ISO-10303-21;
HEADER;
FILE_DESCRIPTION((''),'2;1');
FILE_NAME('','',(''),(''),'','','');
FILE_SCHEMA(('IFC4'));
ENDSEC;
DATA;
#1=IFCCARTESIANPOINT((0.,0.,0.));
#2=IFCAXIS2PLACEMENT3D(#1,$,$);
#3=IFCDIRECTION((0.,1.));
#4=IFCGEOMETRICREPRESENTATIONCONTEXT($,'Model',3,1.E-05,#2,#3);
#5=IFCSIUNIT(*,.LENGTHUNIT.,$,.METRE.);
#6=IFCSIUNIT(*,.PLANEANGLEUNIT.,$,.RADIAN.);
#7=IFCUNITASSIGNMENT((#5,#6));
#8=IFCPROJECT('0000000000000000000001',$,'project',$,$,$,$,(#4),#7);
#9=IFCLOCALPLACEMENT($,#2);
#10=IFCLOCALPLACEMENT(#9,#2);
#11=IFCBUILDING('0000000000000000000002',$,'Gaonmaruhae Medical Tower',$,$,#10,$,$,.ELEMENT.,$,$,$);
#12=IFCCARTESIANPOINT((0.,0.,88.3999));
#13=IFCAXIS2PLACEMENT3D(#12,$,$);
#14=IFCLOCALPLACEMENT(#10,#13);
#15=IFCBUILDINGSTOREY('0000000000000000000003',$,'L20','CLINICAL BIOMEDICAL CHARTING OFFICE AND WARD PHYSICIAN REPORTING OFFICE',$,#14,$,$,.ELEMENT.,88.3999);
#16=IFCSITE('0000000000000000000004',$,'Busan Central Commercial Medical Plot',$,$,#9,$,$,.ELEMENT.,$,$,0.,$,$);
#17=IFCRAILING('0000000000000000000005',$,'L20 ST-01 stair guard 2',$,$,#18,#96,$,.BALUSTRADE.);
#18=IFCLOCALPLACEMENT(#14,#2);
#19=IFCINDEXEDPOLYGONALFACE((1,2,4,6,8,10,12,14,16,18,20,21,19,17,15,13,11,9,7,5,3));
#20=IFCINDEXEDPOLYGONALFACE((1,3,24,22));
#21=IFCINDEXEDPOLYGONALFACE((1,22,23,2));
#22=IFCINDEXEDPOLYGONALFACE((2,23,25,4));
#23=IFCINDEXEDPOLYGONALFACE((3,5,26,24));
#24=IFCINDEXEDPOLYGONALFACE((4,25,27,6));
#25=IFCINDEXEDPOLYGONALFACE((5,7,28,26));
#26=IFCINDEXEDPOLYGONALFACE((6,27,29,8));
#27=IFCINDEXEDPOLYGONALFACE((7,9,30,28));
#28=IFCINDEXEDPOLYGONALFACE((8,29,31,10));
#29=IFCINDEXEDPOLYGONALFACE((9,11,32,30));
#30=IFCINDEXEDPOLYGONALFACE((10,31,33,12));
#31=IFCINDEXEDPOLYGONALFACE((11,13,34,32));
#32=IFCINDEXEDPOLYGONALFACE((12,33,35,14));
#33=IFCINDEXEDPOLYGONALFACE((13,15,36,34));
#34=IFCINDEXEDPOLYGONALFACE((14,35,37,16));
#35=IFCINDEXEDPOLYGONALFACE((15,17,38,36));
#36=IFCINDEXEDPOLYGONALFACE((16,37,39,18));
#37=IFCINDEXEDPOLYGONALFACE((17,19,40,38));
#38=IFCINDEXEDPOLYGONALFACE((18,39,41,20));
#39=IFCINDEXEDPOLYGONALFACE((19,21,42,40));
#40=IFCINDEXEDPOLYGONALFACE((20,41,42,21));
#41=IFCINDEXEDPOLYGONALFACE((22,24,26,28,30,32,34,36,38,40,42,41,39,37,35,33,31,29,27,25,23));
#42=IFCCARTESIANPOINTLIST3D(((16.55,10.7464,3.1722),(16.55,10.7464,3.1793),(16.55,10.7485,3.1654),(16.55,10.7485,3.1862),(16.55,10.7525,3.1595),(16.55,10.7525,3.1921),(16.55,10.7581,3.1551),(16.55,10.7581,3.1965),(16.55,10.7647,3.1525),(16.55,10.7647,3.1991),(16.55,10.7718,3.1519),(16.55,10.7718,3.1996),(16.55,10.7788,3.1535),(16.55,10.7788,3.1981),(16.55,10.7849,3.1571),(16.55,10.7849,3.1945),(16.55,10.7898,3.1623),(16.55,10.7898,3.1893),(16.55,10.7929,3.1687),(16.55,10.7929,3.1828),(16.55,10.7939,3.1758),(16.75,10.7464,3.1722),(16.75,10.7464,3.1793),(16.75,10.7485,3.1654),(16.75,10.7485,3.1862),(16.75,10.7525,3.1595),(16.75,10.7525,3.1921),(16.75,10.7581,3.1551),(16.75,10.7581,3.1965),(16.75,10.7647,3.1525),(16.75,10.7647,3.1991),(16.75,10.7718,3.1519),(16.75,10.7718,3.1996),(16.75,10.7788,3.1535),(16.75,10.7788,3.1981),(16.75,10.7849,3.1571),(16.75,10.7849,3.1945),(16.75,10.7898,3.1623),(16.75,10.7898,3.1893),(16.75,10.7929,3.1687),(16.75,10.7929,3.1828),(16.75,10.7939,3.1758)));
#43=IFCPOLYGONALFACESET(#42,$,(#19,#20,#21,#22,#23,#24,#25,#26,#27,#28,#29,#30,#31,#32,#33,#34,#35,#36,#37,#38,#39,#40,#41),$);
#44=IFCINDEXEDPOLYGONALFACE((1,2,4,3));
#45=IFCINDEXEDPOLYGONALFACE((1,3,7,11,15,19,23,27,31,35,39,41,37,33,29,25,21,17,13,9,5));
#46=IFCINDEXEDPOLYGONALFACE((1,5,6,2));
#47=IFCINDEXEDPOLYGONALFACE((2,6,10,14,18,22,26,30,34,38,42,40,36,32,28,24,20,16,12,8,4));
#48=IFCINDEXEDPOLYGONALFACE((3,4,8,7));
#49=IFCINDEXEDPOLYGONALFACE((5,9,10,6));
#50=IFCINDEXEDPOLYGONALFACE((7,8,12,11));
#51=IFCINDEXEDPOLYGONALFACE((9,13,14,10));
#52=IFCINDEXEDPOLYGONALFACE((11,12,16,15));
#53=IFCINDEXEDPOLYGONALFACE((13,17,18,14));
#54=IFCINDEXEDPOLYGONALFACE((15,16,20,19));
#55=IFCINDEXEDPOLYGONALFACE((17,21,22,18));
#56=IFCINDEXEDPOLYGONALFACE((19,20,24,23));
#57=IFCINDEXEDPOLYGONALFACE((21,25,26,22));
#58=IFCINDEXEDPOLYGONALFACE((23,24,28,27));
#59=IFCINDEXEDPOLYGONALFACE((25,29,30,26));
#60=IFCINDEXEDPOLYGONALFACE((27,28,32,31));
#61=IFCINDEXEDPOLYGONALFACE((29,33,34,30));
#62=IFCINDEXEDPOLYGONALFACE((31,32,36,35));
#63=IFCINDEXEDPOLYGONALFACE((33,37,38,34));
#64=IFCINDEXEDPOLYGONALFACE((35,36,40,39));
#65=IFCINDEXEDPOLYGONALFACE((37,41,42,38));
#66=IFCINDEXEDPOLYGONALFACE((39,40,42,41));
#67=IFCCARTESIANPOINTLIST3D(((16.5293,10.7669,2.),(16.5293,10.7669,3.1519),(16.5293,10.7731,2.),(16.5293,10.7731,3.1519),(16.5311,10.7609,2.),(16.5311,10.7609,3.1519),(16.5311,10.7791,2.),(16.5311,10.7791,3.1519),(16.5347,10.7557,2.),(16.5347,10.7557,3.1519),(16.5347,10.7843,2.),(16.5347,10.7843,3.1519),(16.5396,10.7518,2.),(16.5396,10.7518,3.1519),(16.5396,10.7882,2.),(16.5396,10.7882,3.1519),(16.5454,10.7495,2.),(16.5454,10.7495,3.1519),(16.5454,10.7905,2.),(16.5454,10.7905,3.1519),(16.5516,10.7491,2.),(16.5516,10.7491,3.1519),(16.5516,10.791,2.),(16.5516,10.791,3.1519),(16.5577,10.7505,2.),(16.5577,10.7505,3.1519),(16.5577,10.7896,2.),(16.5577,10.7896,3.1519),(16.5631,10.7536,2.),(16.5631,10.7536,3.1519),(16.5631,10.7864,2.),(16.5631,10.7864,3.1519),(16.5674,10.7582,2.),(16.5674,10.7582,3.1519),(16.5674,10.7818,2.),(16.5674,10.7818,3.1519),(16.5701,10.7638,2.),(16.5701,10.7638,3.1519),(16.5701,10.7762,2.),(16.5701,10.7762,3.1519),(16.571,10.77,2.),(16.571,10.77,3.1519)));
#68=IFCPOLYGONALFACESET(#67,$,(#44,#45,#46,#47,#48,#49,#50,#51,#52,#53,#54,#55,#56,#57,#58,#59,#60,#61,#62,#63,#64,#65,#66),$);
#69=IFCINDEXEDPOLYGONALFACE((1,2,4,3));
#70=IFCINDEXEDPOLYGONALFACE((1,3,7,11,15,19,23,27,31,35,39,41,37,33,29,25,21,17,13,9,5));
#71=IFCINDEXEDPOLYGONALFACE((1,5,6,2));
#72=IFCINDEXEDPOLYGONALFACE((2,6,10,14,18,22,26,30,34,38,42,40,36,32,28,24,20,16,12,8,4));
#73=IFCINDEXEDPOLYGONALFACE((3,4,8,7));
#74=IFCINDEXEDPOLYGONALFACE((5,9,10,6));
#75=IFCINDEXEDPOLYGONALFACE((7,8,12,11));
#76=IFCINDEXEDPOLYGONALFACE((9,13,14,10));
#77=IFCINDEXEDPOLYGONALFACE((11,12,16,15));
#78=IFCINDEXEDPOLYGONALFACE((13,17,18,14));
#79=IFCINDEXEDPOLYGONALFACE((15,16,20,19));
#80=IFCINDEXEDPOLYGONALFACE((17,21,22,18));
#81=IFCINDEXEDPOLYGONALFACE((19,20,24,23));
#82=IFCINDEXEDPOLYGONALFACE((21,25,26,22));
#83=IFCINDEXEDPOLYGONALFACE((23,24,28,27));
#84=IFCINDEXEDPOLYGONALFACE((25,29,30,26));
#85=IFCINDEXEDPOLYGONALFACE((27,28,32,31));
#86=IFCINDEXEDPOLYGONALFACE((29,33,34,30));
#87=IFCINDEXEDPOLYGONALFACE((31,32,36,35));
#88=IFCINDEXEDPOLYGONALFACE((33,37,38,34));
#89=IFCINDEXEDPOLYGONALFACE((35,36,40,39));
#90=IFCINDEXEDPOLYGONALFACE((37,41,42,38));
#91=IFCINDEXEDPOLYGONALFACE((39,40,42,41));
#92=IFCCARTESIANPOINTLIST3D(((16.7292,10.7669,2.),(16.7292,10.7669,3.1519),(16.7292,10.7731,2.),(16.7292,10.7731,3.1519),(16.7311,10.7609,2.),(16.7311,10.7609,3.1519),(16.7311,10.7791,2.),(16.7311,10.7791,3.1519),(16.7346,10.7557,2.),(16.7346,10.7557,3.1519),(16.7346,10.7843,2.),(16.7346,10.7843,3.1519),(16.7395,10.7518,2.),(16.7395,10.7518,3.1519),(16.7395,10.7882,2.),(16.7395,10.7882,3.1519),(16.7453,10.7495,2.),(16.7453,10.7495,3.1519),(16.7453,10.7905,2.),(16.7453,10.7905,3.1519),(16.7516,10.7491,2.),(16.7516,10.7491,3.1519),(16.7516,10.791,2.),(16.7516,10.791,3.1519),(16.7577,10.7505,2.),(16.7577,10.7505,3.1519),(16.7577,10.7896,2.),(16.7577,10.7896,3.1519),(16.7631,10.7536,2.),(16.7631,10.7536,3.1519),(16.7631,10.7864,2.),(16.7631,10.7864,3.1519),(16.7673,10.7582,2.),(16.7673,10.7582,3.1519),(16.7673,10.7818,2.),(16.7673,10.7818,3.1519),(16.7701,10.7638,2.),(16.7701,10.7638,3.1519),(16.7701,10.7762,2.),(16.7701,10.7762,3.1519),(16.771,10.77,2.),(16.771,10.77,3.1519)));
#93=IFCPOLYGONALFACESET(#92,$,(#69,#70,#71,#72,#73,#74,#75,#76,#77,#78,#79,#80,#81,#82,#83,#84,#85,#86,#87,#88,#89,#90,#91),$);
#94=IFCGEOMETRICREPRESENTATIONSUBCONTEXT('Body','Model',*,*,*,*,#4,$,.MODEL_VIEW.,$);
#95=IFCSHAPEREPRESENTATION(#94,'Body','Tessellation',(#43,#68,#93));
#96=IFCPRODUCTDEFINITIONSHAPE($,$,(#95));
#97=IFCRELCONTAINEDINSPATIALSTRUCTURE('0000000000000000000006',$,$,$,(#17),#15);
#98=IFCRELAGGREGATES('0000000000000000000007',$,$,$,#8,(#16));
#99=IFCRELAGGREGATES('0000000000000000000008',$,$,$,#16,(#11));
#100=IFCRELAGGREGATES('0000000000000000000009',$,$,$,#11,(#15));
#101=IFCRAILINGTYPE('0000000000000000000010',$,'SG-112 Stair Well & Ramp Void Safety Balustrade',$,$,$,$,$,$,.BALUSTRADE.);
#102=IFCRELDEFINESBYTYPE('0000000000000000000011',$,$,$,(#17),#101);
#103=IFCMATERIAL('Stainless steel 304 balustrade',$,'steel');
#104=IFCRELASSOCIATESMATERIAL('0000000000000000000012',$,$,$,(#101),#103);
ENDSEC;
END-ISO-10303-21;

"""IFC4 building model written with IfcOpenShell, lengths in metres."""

from ifc_helpers import new_model, si_unit, direction, frame, origin, origin_2d, place, context, subcontext, project, spatial, circle, extrude, material, type_object, element, save


model = new_model("IFC4")

# Units and contexts
model_context = context("Model", 3, precision=1e-05, world=origin(), true_north=direction((0.0, 1.0)))
body_context = subcontext(model_context, "Body", "Model", "MODEL_VIEW")
ifc_project = project(units=[si_unit("LENGTHUNIT", "METRE"), si_unit("PLANEANGLEUNIT", "RADIAN")], contexts=[model_context])

# Site, building, storey
site_placement = place(None, origin())
site = spatial("IfcSite", under=ifc_project, at=site_placement, Name="Busan Central Commercial Medical Plot", CompositionType="ELEMENT", RefElevation=0.0)
building_placement = place(site_placement, origin())
building = spatial("IfcBuilding", under=site, at=building_placement, Name="Gaonmaruhae Medical Tower", CompositionType="ELEMENT")
storey_placement = place(building_placement, frame((0.0, 0.0, 88.3999)))
storey = spatial("IfcBuildingStorey", under=building, at=storey_placement, Name="L20", Description="CLINICAL BIOMEDICAL CHARTING OFFICE AND WARD PHYSICIAN REPORTING OFFICE", CompositionType="ELEMENT", Elevation=88.3999)

# Railing
ifc_material_1 = material(Name="Stainless steel 304 balustrade", Category="steel")
railing_type_1 = type_object("IfcRailingType", Name="SG-112 Stair Well & Ramp Void Safety Balustrade", PredefinedType="BALUSTRADE", material=ifc_material_1)
railing_1_placement = place(storey_placement, frame((16.55, 10.77, 2.0)))
element("IfcRailing", 1, at=railing_1_placement, inside=storey, type_object=railing_type_1, Name="L20 ST-01 stair guard 2", PredefinedType="BALUSTRADE", context=body_context, shape_type="SweptSolid", body=[
    extrude(circle(Radius=0.0239, at=origin_2d()), frame((0.0, 0.0, 1.1758), z_axis=(1.0, 0.0, 0.0), x_axis=(0.0, 1.0, 0.0)), (0.0, 0.0, 1.0), 0.2),
    extrude(circle(Radius=0.021, at=origin_2d()), origin(), (0.0, 0.0, 1.0), 1.1519),
    extrude(circle(Radius=0.021, at=origin_2d()), frame((0.2, 0.0, 0.0)), (0.0, 0.0, 1.0), 1.1519),
])

save(model, "model.ifc")
